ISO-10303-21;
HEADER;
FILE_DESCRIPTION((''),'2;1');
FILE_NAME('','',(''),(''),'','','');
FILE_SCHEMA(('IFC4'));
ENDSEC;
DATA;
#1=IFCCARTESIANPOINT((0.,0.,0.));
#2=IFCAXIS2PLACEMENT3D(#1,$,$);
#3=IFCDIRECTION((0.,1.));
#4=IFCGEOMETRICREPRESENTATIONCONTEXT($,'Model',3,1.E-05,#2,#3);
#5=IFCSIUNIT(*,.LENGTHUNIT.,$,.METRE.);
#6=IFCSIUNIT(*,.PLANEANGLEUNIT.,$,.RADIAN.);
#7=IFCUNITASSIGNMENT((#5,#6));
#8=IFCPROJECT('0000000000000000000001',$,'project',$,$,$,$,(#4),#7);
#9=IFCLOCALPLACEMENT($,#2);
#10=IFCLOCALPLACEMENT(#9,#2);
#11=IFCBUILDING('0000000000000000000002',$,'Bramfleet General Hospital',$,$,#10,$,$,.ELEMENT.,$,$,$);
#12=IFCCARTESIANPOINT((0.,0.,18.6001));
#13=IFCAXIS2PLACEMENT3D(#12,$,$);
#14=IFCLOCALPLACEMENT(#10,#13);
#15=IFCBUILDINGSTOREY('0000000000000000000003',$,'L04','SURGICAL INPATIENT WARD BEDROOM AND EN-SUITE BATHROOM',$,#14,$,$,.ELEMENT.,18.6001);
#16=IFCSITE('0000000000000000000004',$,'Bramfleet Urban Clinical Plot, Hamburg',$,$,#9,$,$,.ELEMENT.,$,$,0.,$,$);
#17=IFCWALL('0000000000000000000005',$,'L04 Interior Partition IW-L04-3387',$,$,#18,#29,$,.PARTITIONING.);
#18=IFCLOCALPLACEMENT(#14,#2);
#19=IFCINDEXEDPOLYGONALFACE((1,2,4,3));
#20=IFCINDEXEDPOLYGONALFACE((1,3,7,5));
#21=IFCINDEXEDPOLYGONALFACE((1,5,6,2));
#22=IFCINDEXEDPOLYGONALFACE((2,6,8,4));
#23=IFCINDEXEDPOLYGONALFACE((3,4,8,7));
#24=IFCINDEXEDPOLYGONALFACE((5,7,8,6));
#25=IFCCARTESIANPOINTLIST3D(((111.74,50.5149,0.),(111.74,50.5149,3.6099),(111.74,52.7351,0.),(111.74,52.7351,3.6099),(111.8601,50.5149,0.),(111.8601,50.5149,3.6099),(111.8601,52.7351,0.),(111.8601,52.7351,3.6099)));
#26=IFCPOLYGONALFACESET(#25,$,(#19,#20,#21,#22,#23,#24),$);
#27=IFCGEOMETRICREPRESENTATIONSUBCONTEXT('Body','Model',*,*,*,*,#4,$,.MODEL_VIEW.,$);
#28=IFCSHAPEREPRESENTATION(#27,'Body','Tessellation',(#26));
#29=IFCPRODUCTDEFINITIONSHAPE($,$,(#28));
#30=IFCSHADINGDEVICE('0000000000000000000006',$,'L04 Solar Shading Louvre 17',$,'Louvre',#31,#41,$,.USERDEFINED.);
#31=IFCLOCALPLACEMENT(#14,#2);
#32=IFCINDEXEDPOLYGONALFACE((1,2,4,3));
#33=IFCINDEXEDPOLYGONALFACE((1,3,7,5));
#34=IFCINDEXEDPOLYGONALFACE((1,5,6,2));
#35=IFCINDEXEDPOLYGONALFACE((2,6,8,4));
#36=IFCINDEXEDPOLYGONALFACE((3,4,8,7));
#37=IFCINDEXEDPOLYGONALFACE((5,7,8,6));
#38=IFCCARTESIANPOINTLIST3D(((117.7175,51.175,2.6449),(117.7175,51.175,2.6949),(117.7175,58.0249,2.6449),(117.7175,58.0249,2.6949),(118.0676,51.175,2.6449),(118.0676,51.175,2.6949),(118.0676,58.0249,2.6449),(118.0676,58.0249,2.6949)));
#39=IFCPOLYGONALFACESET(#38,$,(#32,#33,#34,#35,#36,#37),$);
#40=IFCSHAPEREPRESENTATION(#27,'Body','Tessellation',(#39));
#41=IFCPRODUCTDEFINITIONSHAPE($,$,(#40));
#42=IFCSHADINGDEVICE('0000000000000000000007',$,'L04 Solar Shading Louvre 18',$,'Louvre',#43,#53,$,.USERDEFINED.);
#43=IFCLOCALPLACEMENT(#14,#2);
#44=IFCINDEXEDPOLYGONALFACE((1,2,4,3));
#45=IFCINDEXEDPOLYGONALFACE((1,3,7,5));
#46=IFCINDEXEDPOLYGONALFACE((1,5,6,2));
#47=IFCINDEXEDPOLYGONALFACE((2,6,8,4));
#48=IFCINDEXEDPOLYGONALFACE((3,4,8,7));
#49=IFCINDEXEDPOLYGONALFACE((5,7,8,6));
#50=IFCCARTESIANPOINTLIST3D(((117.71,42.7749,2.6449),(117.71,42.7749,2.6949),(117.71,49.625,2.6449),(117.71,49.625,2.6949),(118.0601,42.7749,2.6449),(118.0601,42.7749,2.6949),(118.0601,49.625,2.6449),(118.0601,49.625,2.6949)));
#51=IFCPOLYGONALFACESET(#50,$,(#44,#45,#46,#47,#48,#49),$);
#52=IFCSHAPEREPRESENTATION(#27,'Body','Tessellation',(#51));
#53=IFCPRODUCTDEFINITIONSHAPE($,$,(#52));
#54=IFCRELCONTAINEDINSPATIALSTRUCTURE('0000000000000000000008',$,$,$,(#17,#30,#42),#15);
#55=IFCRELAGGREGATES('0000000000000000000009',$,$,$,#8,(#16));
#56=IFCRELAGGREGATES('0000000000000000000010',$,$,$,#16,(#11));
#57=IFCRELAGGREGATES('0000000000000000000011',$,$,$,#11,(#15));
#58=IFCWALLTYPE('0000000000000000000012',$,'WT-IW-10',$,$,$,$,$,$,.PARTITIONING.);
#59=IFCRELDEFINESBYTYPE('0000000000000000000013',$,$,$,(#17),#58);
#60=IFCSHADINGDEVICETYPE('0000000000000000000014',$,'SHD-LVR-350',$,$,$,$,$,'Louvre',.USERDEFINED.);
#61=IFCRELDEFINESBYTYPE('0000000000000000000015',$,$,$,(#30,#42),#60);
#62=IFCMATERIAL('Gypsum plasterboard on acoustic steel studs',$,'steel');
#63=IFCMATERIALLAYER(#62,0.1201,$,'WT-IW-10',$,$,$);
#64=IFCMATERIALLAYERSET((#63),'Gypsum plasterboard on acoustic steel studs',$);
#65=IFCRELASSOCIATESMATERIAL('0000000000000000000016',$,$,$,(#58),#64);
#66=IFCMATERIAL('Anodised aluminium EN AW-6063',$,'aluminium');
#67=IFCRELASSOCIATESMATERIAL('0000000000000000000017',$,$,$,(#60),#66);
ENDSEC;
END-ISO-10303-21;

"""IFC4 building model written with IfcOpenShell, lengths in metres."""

from ifc_helpers import new_model, si_unit, direction, frame, frame_2d, origin, origin_2d, place, context, subcontext, project, spatial, rectangle, extrude, material, layer, layer_set, material_profile, profile_set, type_object, element, save


model = new_model("IFC4")

# Units and contexts
model_context = context("Model", 3, precision=1e-05, world=origin(), true_north=direction((0.0, 1.0)))
body_context = subcontext(model_context, "Body", "Model", "MODEL_VIEW")
ifc_project = project(units=[si_unit("LENGTHUNIT", "METRE"), si_unit("PLANEANGLEUNIT", "RADIAN")], contexts=[model_context])

# Site, building, storey
site_placement = place(None, origin())
site = spatial("IfcSite", under=ifc_project, at=site_placement, Name="Bramfleet Urban Clinical Plot, Hamburg", CompositionType="ELEMENT", RefElevation=0.0)
building_placement = place(site_placement, origin())
building = spatial("IfcBuilding", under=site, at=building_placement, Name="Bramfleet General Hospital", CompositionType="ELEMENT")
storey_placement = place(building_placement, frame((0.0, 0.0, 18.6001)))
storey = spatial("IfcBuildingStorey", under=building, at=storey_placement, Name="L04", Description="SURGICAL INPATIENT WARD BEDROOM AND EN-SUITE BATHROOM", CompositionType="ELEMENT", Elevation=18.6001)

# Wall
ifc_material_1 = material(Name="Gypsum plasterboard on acoustic steel studs", Category="steel")
ifc_layer_1 = layer(ifc_material_1, 0.1201, Name="WT-IW-10")
ifc_layer_set_1 = layer_set([ifc_layer_1], Name="Gypsum plasterboard on acoustic steel studs")
wall_type_1 = type_object("IfcWallType", Name="WT-IW-10", PredefinedType="PARTITIONING", material=ifc_layer_set_1)
wall_1_placement = place(storey_placement, frame((111.8, 50.5149, 0.0), z_axis=(0.0, 0.0, 1.0), x_axis=(0.0, 1.0, 0.0)))
element("IfcWall", 1, at=wall_1_placement, inside=storey, type_object=wall_type_1, Name="L04 Interior Partition IW-L04-3387", PredefinedType="PARTITIONING", context=body_context, shape_type="SweptSolid", body=[
    extrude(rectangle(XDim=2.2202, YDim=0.1201, at=frame_2d((1.1101, 0.0))), origin(), (0.0, 0.0, 1.0), 3.6099),
])

# Shading devices
ifc_material_2 = material(Name="Anodised aluminium EN AW-6063", Category="aluminium")
ifc_material_profile_1 = material_profile(ifc_material_2, rectangle(XDim=0.05, YDim=0.3501, at=origin_2d()), Name="ALU LOUVRE 350x50")
ifc_profile_set_1 = profile_set([ifc_material_profile_1], Name="Anodised aluminium EN AW-6063")
shading_device_type = type_object("IfcShadingDeviceType", Name="SHD-LVR-350", ElementType="Louvre", PredefinedType="USERDEFINED", material=ifc_profile_set_1)
shading_device_1_placement = place(storey_placement, frame((117.8926, 58.0249, 2.6699), z_axis=(0.0, -1.0, 0.0), x_axis=(0.0, 0.0, 1.0)))
element("IfcShadingDevice", 2, at=shading_device_1_placement, inside=storey, type_object=shading_device_type, Name="L04 Solar Shading Louvre 17", ObjectType="Louvre", PredefinedType="USERDEFINED", context=body_context, shape_type="SweptSolid", body=[
    extrude(rectangle(XDim=0.05, YDim=0.3501, at=origin_2d()), origin(), (0.0, 0.0, 1.0), 6.8499),
])
shading_device_2_placement = place(storey_placement, frame((117.885, 49.625, 2.6699), z_axis=(0.0, -1.0, 0.0), x_axis=(0.0, 0.0, 1.0)))
element("IfcShadingDevice", 3, at=shading_device_2_placement, inside=storey, type_object=shading_device_type, Name="L04 Solar Shading Louvre 18", ObjectType="Louvre", PredefinedType="USERDEFINED", context=body_context, shape_type="SweptSolid", body=[
    extrude(rectangle(XDim=0.05, YDim=0.3501, at=origin_2d()), origin(), (0.0, 0.0, 1.0), 6.8501),
])

save(model, "model.ifc")
